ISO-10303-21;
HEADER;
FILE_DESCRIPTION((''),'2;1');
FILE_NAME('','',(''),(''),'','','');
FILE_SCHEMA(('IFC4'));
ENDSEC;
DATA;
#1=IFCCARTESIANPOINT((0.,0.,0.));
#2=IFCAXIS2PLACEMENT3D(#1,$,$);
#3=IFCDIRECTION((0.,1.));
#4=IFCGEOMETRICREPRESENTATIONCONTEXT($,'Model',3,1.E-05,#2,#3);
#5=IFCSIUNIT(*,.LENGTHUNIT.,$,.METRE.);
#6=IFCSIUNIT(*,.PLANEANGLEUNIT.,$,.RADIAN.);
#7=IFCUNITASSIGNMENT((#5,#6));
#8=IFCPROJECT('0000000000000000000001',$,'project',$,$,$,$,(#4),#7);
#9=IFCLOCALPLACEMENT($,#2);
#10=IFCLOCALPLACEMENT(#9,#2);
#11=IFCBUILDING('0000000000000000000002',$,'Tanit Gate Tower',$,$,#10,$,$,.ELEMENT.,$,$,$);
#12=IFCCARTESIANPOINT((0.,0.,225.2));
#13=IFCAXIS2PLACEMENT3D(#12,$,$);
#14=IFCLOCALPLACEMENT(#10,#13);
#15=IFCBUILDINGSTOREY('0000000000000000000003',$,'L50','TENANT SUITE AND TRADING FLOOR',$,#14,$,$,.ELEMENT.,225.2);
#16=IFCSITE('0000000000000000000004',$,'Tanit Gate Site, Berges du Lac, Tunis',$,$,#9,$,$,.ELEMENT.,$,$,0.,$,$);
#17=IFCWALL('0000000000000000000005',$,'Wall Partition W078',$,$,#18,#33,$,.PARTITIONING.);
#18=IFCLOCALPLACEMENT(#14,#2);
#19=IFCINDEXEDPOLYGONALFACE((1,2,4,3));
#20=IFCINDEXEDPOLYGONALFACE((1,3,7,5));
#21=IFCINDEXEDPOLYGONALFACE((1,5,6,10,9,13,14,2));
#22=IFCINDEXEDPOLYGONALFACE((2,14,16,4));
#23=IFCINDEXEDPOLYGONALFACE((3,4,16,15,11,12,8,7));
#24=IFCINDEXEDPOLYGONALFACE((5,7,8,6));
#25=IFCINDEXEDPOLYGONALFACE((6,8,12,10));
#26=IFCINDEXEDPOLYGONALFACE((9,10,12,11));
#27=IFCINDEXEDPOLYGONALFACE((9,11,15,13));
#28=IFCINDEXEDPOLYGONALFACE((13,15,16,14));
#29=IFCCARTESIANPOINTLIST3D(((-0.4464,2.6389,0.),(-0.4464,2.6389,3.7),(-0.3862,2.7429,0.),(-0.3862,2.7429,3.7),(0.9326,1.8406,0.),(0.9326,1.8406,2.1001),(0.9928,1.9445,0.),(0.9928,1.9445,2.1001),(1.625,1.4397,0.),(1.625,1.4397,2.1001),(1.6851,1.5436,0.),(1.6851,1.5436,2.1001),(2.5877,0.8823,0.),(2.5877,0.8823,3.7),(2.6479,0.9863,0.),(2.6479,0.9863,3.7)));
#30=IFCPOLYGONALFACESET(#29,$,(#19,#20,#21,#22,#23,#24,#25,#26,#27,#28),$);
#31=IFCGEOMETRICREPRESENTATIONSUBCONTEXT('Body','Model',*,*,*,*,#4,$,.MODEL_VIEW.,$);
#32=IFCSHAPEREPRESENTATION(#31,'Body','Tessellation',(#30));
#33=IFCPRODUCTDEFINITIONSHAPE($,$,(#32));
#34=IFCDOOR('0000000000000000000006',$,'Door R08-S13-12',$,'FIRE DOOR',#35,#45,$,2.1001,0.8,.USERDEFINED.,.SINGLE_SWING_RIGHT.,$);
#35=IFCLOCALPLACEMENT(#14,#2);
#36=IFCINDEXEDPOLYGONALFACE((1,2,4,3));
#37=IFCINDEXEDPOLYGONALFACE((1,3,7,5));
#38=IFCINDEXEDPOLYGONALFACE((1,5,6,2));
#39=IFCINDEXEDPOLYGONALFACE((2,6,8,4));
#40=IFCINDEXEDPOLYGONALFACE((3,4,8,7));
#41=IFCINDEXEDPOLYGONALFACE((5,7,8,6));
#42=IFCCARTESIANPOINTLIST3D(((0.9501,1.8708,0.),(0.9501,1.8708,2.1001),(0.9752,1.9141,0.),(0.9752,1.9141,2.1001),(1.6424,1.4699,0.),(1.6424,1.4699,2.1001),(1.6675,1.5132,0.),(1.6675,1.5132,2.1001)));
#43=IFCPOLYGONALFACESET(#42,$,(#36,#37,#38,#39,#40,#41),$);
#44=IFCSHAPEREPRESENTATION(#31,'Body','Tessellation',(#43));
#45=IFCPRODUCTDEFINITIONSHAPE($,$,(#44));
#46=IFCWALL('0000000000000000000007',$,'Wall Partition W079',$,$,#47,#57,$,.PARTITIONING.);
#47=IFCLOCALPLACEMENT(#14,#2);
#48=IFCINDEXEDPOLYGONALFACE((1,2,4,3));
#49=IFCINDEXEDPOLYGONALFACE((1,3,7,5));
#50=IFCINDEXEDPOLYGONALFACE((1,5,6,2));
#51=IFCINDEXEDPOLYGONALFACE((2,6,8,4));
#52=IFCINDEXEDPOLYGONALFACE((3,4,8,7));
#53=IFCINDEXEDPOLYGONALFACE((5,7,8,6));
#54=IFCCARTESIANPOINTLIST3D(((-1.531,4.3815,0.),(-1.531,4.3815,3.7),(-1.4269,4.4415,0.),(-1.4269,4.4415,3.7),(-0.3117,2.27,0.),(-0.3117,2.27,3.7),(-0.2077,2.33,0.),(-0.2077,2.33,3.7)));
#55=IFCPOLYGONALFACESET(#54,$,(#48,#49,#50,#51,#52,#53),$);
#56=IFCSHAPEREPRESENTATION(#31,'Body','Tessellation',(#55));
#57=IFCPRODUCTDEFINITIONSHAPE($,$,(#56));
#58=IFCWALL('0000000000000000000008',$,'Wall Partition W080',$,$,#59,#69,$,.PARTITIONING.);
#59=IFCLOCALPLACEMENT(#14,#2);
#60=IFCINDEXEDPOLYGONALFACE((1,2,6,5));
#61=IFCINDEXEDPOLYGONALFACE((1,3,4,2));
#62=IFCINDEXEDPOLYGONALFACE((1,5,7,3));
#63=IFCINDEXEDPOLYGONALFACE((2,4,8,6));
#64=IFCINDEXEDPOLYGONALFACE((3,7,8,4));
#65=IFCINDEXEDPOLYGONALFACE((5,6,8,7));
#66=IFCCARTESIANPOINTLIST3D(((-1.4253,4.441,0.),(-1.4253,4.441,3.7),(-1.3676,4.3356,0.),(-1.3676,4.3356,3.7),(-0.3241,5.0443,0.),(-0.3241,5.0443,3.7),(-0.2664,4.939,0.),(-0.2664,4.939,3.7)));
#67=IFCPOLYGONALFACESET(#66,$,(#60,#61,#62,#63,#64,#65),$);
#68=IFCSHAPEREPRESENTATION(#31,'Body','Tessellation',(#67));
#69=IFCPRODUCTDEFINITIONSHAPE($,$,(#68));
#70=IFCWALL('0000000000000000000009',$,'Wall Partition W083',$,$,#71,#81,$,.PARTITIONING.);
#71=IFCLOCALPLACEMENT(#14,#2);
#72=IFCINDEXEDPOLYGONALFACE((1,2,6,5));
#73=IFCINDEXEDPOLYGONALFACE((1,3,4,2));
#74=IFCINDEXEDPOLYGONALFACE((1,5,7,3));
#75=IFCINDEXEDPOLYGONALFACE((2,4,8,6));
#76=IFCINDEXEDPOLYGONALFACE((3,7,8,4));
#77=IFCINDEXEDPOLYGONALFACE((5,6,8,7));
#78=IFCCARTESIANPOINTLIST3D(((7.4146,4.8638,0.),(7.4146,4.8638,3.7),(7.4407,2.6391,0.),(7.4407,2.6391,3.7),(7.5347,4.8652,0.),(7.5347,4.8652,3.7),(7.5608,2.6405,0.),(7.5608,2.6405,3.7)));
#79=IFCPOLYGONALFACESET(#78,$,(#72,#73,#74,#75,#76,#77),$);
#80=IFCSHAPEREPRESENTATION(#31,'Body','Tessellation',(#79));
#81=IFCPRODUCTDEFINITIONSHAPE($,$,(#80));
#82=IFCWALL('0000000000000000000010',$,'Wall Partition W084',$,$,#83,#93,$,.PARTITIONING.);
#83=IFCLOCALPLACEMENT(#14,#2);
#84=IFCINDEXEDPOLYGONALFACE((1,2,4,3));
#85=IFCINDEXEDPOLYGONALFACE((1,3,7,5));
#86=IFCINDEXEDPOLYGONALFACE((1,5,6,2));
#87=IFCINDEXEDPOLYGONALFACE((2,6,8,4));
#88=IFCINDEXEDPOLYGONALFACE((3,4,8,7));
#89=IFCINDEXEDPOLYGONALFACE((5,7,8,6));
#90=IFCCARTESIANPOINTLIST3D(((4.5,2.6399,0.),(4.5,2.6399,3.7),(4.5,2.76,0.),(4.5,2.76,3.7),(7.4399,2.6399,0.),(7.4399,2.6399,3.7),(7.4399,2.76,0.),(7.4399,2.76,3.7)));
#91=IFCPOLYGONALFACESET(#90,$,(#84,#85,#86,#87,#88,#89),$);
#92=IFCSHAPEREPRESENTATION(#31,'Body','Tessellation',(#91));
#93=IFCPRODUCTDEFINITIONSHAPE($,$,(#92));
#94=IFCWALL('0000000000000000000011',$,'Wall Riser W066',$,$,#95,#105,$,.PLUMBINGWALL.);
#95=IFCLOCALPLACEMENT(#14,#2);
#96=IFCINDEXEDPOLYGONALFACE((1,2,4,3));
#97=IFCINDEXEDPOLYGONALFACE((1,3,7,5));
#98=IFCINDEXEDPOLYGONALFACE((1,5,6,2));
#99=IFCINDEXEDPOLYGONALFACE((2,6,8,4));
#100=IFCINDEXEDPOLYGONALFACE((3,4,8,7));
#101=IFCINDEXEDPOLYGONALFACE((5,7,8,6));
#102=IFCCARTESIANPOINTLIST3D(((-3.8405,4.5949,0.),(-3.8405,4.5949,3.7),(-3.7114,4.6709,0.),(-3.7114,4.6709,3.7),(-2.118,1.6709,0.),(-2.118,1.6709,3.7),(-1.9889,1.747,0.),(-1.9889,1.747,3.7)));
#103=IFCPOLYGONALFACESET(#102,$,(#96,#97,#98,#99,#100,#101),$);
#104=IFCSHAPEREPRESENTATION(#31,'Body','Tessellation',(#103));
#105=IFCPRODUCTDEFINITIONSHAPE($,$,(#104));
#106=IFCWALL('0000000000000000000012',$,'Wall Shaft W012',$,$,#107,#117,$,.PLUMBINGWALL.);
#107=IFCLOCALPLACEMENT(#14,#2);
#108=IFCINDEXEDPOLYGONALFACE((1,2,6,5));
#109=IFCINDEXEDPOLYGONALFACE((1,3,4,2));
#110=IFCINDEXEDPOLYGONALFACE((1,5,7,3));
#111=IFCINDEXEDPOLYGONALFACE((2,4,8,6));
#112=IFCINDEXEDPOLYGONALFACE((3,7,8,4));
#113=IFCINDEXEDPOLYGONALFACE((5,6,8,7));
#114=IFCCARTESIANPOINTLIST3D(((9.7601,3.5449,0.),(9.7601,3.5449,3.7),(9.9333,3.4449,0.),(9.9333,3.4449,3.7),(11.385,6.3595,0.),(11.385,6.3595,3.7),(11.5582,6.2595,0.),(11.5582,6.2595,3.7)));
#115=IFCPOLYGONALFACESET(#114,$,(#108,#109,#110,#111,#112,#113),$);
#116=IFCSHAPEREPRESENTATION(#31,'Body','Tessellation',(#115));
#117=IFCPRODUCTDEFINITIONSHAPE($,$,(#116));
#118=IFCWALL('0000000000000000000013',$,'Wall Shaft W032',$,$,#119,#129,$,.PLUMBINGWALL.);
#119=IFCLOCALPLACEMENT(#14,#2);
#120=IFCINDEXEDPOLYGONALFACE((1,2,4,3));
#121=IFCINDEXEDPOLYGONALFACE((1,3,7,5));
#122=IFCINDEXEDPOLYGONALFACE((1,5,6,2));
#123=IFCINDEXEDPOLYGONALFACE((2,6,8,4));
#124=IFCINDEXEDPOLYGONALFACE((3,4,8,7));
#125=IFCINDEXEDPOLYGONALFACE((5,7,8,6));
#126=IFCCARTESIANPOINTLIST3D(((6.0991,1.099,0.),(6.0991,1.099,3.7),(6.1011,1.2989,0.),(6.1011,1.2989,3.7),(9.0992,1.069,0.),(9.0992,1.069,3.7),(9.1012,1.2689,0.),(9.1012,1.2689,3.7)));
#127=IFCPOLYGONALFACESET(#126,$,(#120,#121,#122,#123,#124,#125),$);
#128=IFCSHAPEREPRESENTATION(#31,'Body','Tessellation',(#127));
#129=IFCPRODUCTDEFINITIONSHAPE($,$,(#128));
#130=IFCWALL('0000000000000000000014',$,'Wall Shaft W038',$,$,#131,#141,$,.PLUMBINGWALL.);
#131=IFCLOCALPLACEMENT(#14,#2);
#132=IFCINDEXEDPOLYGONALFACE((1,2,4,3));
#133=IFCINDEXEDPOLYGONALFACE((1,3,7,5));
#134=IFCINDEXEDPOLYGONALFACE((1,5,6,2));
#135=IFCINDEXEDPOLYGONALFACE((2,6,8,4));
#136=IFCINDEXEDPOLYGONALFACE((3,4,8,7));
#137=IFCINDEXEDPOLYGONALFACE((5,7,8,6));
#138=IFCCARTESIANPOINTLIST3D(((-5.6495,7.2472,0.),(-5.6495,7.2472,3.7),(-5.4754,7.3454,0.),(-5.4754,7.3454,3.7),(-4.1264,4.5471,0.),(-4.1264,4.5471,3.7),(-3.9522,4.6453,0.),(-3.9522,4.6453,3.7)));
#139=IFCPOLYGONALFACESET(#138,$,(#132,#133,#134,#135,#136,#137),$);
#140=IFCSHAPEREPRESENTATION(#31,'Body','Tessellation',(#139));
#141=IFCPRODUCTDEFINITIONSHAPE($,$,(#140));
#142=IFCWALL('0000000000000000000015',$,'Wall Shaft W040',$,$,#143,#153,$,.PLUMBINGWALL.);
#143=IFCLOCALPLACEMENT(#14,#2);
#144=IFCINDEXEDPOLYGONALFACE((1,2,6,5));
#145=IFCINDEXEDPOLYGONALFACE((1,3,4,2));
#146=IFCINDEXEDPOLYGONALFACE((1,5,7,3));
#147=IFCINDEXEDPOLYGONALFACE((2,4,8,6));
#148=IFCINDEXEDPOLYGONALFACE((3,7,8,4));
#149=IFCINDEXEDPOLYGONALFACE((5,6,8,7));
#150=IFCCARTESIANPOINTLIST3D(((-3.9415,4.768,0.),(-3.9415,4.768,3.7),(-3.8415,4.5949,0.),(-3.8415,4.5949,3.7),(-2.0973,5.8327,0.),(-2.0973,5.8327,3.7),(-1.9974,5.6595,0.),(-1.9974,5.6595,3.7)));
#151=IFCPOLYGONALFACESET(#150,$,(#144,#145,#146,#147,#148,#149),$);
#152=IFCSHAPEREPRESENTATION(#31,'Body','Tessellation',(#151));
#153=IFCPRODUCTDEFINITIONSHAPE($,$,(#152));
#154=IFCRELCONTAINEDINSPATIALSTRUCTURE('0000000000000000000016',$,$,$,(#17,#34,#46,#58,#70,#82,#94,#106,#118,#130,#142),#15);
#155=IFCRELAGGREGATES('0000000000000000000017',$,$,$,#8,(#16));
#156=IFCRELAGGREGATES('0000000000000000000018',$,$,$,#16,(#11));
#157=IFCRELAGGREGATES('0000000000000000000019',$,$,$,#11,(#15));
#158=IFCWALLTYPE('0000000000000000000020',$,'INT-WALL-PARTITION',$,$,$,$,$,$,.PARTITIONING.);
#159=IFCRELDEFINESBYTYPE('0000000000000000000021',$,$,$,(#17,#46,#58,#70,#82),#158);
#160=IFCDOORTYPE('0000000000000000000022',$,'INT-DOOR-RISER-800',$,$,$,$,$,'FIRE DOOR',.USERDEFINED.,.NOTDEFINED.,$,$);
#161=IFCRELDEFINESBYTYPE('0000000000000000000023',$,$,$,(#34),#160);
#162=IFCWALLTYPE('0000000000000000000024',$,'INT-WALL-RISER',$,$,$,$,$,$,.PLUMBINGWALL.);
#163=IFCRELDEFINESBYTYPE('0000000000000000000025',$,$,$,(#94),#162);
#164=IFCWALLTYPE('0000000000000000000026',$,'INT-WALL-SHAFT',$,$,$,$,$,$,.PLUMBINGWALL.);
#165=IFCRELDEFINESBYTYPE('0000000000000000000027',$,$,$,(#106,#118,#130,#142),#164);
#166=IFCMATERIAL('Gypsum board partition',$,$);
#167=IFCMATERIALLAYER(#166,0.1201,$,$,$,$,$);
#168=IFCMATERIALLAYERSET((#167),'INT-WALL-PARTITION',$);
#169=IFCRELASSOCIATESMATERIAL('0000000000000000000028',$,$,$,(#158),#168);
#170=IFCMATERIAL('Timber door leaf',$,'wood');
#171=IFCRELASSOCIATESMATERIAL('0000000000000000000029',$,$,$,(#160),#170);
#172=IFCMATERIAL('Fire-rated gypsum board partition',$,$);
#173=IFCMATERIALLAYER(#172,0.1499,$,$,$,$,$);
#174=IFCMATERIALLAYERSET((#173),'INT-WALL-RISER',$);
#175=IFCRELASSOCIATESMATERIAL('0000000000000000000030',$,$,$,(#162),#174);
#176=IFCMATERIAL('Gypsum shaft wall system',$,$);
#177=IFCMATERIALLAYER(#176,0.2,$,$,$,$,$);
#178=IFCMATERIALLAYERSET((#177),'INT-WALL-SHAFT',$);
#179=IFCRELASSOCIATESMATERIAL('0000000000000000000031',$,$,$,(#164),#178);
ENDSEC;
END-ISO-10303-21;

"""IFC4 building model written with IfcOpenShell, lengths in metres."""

from ifc_helpers import new_model, si_unit, direction, frame, frame_2d, origin, place, context, subcontext, project, spatial, rectangle, extrude, material, layer, layer_set, type_object, element, fill, save


model = new_model("IFC4")

# Units and contexts
model_context = context("Model", 3, precision=1e-05, world=origin(), true_north=direction((0.0, 1.0)))
body_context = subcontext(model_context, "Body", "Model", "MODEL_VIEW")
ifc_project = project(units=[si_unit("LENGTHUNIT", "METRE"), si_unit("PLANEANGLEUNIT", "RADIAN")], contexts=[model_context])

# Site, building, storey
site_placement = place(None, origin())
site = spatial("IfcSite", under=ifc_project, at=site_placement, Name="Tanit Gate Site, Berges du Lac, Tunis", CompositionType="ELEMENT", RefElevation=0.0)
building_placement = place(site_placement, origin())
building = spatial("IfcBuilding", under=site, at=building_placement, Name="Tanit Gate Tower", CompositionType="ELEMENT")
storey_placement = place(building_placement, frame((0.0, 0.0, 225.2)))
storey = spatial("IfcBuildingStorey", under=building, at=storey_placement, Name="L50", Description="TENANT SUITE AND TRADING FLOOR", CompositionType="ELEMENT", Elevation=225.2)

# Shared definitions
ifc_material_1 = material(Name="Gypsum board partition")
ifc_layer_1 = layer(ifc_material_1, 0.1201)
ifc_layer_set_1 = layer_set([ifc_layer_1], Name="INT-WALL-PARTITION")
wall_type_1 = type_object("IfcWallType", Name="INT-WALL-PARTITION", PredefinedType="PARTITIONING", material=ifc_layer_set_1)

# Shared definitions
ifc_material_2 = material(Name="Timber door leaf", Category="wood")
door_type_1 = type_object("IfcDoorType", Name="INT-DOOR-RISER-800", ElementType="FIRE DOOR", OperationType="NOTDEFINED", PredefinedType="USERDEFINED", material=ifc_material_2)

# Wall, opening, door
wall_1_placement = place(storey_placement, frame((-0.4163, 2.6909, 0.0), z_axis=(0.0, 0.0, 1.0), x_axis=(0.865414, -0.501058, 0.0)))
wall_1 = element("IfcWall", 1, at=wall_1_placement, inside=storey, type_object=wall_type_1, Name="Wall Partition W078", PredefinedType="PARTITIONING", context=body_context, shape_type="SweptSolid", body=[
    extrude(rectangle(XDim=3.5059, YDim=0.1201, at=frame_2d((1.7529, 0.0))), origin(), (0.0, 0.0, 1.0), 3.7),
])
opening_1_placement = place(wall_1_placement, frame((1.5935, 0.0, 0.0)))
opening_1 = element("IfcOpeningElement", 2, at=opening_1_placement, cuts=wall_1, PredefinedType="OPENING", context=body_context, shape_type="SweptSolid", body=[
    extrude(rectangle(XDim=0.8, YDim=2.1001, at=frame_2d((0.3999, 1.05))), frame((0.0, 0.0701, 0.0), z_axis=(0.0, -1.0, 0.0), x_axis=(1.0, 0.0, 0.0)), (0.0, 0.0, 1.0), 0.1401),
])
door_1_placement = place(opening_1_placement, origin())
door_1 = element("IfcDoor", 3, at=door_1_placement, inside=storey, type_object=door_type_1, Name="Door R08-S13-12", ObjectType="FIRE DOOR", OperationType="SINGLE_SWING_RIGHT", OverallHeight=2.1001, OverallWidth=0.8, PredefinedType="USERDEFINED", context=body_context, shape_type="SweptSolid", body=[
    extrude(rectangle(XDim=0.8, YDim=2.1001, at=frame_2d((0.3999, 1.05))), frame((0.0, 0.0249, 0.0), z_axis=(0.0, -1.0, 0.0), x_axis=(1.0, 0.0, 0.0)), (0.0, 0.0, 1.0), 0.05),
])
fill(opening_1, door_1)

# Walls
wall_2_placement = place(storey_placement, frame((-1.479, 4.4116, 0.0), z_axis=(0.0, 0.0, 1.0), x_axis=(0.500037, -0.866004, 0.0)))
element("IfcWall", 4, at=wall_2_placement, inside=storey, type_object=wall_type_1, Name="Wall Partition W079", PredefinedType="PARTITIONING", context=body_context, shape_type="SweptSolid", body=[
    extrude(rectangle(XDim=2.4382, YDim=0.1201, at=frame_2d((1.2192, 0.0))), origin(), (0.0, 0.0, 1.0), 3.7),
])
wall_3_placement = place(storey_placement, frame((-0.2952, 4.9917, 0.0), z_axis=(0.0, 0.0, 1.0), x_axis=(-0.876995, -0.4805, 0.0)))
element("IfcWall", 5, at=wall_3_placement, inside=storey, type_object=wall_type_1, Name="Wall Partition W080", PredefinedType="PARTITIONING", context=body_context, shape_type="SweptSolid", body=[
    extrude(rectangle(XDim=1.2556, YDim=0.1201, at=frame_2d((0.6279, 0.0))), origin(), (0.0, 0.0, 1.0), 3.7),
])
wall_4_placement = place(storey_placement, frame((7.5007, 2.6399, 0.0), z_axis=(0.0, 0.0, 1.0), x_axis=(-0.011742, 0.999931, 0.0)))
element("IfcWall", 6, at=wall_4_placement, inside=storey, type_object=wall_type_1, Name="Wall Partition W083", PredefinedType="PARTITIONING", context=body_context, shape_type="SweptSolid", body=[
    extrude(rectangle(XDim=2.2249, YDim=0.1201, at=frame_2d((1.1123, 0.0))), origin(), (0.0, 0.0, 1.0), 3.7),
])
wall_5_placement = place(storey_placement, frame((4.5, 2.7, 0.0), z_axis=(0.0, 0.0, 1.0), x_axis=(1.0, 0.0, 0.0)))
element("IfcWall", 7, at=wall_5_placement, inside=storey, type_object=wall_type_1, Name="Wall Partition W084", PredefinedType="PARTITIONING", context=body_context, shape_type="SweptSolid", body=[
    extrude(rectangle(XDim=2.9399, YDim=0.1201, at=frame_2d((1.47, 0.0))), origin(), (0.0, 0.0, 1.0), 3.7),
])
ifc_material_3 = material(Name="Fire-rated gypsum board partition")
ifc_layer_2 = layer(ifc_material_3, 0.1499)
ifc_layer_set_2 = layer_set([ifc_layer_2], Name="INT-WALL-RISER")
wall_type_2 = type_object("IfcWallType", Name="INT-WALL-RISER", PredefinedType="PLUMBINGWALL", material=ifc_layer_set_2)
wall_6_placement = place(storey_placement, frame((-2.0535, 1.709, 0.0), z_axis=(0.0, 0.0, 1.0), x_axis=(-0.50757, 0.86161, 0.0)))
element("IfcWall", 8, at=wall_6_placement, inside=storey, type_object=wall_type_2, Name="Wall Riser W066", PredefinedType="PLUMBINGWALL", context=body_context, shape_type="SweptSolid", body=[
    extrude(rectangle(XDim=3.3936, YDim=0.1499, at=frame_2d((1.6968, 0.0))), origin(), (0.0, 0.0, 1.0), 3.7),
])
ifc_material_4 = material(Name="Gypsum shaft wall system")
ifc_layer_3 = layer(ifc_material_4, 0.2)
ifc_layer_set_3 = layer_set([ifc_layer_3], Name="INT-WALL-SHAFT")
wall_type_3 = type_object("IfcWallType", Name="INT-WALL-SHAFT", PredefinedType="PLUMBINGWALL", material=ifc_layer_set_3)
wall_7_placement = place(storey_placement, frame((9.8467, 3.4949, 0.0), z_axis=(0.0, 0.0, 1.0), x_axis=(0.499985, 0.866034, 0.0)))
element("IfcWall", 9, at=wall_7_placement, inside=storey, type_object=wall_type_3, Name="Wall Shaft W012", PredefinedType="PLUMBINGWALL", context=body_context, shape_type="SweptSolid", body=[
    extrude(rectangle(XDim=3.25, YDim=0.2, at=frame_2d((1.625, 0.0))), origin(), (0.0, 0.0, 1.0), 3.7),
])

# Walls
wall_8_placement = place(storey_placement, frame((9.1001, 1.1689, 0.0), z_axis=(0.0, 0.0, 1.0), x_axis=(-0.99995, 0.010009, 0.0)))
element("IfcWall", 10, at=wall_8_placement, inside=storey, type_object=wall_type_3, Name="Wall Shaft W032", PredefinedType="PLUMBINGWALL", context=body_context, shape_type="SweptSolid", body=[
    extrude(rectangle(XDim=3.0002, YDim=0.2, at=frame_2d((1.5, 0.0))), origin(), (0.0, 0.0, 1.0), 3.7),
])
wall_9_placement = place(storey_placement, frame((-4.0393, 4.5962, 0.0), z_axis=(0.0, 0.0, 1.0), x_axis=(-0.491323, 0.870978, 0.0)))
element("IfcWall", 11, at=wall_9_placement, inside=storey, type_object=wall_type_3, Name="Wall Shaft W038", PredefinedType="PLUMBINGWALL", context=body_context, shape_type="SweptSolid", body=[
    extrude(rectangle(XDim=3.1001, YDim=0.2, at=frame_2d((1.55, 0.0))), origin(), (0.0, 0.0, 1.0), 3.7),
])
wall_10_placement = place(storey_placement, frame((-2.0474, 5.7461, 0.0), z_axis=(0.0, 0.0, 1.0), x_axis=(-0.86604, -0.499974, 0.0)))
element("IfcWall", 12, at=wall_10_placement, inside=storey, type_object=wall_type_3, Name="Wall Shaft W040", PredefinedType="PLUMBINGWALL", context=body_context, shape_type="SweptSolid", body=[
    extrude(rectangle(XDim=2.1294, YDim=0.2, at=frame_2d((1.0647, 0.0))), origin(), (0.0, 0.0, 1.0), 3.7),
])

save(model, "model.ifc")
